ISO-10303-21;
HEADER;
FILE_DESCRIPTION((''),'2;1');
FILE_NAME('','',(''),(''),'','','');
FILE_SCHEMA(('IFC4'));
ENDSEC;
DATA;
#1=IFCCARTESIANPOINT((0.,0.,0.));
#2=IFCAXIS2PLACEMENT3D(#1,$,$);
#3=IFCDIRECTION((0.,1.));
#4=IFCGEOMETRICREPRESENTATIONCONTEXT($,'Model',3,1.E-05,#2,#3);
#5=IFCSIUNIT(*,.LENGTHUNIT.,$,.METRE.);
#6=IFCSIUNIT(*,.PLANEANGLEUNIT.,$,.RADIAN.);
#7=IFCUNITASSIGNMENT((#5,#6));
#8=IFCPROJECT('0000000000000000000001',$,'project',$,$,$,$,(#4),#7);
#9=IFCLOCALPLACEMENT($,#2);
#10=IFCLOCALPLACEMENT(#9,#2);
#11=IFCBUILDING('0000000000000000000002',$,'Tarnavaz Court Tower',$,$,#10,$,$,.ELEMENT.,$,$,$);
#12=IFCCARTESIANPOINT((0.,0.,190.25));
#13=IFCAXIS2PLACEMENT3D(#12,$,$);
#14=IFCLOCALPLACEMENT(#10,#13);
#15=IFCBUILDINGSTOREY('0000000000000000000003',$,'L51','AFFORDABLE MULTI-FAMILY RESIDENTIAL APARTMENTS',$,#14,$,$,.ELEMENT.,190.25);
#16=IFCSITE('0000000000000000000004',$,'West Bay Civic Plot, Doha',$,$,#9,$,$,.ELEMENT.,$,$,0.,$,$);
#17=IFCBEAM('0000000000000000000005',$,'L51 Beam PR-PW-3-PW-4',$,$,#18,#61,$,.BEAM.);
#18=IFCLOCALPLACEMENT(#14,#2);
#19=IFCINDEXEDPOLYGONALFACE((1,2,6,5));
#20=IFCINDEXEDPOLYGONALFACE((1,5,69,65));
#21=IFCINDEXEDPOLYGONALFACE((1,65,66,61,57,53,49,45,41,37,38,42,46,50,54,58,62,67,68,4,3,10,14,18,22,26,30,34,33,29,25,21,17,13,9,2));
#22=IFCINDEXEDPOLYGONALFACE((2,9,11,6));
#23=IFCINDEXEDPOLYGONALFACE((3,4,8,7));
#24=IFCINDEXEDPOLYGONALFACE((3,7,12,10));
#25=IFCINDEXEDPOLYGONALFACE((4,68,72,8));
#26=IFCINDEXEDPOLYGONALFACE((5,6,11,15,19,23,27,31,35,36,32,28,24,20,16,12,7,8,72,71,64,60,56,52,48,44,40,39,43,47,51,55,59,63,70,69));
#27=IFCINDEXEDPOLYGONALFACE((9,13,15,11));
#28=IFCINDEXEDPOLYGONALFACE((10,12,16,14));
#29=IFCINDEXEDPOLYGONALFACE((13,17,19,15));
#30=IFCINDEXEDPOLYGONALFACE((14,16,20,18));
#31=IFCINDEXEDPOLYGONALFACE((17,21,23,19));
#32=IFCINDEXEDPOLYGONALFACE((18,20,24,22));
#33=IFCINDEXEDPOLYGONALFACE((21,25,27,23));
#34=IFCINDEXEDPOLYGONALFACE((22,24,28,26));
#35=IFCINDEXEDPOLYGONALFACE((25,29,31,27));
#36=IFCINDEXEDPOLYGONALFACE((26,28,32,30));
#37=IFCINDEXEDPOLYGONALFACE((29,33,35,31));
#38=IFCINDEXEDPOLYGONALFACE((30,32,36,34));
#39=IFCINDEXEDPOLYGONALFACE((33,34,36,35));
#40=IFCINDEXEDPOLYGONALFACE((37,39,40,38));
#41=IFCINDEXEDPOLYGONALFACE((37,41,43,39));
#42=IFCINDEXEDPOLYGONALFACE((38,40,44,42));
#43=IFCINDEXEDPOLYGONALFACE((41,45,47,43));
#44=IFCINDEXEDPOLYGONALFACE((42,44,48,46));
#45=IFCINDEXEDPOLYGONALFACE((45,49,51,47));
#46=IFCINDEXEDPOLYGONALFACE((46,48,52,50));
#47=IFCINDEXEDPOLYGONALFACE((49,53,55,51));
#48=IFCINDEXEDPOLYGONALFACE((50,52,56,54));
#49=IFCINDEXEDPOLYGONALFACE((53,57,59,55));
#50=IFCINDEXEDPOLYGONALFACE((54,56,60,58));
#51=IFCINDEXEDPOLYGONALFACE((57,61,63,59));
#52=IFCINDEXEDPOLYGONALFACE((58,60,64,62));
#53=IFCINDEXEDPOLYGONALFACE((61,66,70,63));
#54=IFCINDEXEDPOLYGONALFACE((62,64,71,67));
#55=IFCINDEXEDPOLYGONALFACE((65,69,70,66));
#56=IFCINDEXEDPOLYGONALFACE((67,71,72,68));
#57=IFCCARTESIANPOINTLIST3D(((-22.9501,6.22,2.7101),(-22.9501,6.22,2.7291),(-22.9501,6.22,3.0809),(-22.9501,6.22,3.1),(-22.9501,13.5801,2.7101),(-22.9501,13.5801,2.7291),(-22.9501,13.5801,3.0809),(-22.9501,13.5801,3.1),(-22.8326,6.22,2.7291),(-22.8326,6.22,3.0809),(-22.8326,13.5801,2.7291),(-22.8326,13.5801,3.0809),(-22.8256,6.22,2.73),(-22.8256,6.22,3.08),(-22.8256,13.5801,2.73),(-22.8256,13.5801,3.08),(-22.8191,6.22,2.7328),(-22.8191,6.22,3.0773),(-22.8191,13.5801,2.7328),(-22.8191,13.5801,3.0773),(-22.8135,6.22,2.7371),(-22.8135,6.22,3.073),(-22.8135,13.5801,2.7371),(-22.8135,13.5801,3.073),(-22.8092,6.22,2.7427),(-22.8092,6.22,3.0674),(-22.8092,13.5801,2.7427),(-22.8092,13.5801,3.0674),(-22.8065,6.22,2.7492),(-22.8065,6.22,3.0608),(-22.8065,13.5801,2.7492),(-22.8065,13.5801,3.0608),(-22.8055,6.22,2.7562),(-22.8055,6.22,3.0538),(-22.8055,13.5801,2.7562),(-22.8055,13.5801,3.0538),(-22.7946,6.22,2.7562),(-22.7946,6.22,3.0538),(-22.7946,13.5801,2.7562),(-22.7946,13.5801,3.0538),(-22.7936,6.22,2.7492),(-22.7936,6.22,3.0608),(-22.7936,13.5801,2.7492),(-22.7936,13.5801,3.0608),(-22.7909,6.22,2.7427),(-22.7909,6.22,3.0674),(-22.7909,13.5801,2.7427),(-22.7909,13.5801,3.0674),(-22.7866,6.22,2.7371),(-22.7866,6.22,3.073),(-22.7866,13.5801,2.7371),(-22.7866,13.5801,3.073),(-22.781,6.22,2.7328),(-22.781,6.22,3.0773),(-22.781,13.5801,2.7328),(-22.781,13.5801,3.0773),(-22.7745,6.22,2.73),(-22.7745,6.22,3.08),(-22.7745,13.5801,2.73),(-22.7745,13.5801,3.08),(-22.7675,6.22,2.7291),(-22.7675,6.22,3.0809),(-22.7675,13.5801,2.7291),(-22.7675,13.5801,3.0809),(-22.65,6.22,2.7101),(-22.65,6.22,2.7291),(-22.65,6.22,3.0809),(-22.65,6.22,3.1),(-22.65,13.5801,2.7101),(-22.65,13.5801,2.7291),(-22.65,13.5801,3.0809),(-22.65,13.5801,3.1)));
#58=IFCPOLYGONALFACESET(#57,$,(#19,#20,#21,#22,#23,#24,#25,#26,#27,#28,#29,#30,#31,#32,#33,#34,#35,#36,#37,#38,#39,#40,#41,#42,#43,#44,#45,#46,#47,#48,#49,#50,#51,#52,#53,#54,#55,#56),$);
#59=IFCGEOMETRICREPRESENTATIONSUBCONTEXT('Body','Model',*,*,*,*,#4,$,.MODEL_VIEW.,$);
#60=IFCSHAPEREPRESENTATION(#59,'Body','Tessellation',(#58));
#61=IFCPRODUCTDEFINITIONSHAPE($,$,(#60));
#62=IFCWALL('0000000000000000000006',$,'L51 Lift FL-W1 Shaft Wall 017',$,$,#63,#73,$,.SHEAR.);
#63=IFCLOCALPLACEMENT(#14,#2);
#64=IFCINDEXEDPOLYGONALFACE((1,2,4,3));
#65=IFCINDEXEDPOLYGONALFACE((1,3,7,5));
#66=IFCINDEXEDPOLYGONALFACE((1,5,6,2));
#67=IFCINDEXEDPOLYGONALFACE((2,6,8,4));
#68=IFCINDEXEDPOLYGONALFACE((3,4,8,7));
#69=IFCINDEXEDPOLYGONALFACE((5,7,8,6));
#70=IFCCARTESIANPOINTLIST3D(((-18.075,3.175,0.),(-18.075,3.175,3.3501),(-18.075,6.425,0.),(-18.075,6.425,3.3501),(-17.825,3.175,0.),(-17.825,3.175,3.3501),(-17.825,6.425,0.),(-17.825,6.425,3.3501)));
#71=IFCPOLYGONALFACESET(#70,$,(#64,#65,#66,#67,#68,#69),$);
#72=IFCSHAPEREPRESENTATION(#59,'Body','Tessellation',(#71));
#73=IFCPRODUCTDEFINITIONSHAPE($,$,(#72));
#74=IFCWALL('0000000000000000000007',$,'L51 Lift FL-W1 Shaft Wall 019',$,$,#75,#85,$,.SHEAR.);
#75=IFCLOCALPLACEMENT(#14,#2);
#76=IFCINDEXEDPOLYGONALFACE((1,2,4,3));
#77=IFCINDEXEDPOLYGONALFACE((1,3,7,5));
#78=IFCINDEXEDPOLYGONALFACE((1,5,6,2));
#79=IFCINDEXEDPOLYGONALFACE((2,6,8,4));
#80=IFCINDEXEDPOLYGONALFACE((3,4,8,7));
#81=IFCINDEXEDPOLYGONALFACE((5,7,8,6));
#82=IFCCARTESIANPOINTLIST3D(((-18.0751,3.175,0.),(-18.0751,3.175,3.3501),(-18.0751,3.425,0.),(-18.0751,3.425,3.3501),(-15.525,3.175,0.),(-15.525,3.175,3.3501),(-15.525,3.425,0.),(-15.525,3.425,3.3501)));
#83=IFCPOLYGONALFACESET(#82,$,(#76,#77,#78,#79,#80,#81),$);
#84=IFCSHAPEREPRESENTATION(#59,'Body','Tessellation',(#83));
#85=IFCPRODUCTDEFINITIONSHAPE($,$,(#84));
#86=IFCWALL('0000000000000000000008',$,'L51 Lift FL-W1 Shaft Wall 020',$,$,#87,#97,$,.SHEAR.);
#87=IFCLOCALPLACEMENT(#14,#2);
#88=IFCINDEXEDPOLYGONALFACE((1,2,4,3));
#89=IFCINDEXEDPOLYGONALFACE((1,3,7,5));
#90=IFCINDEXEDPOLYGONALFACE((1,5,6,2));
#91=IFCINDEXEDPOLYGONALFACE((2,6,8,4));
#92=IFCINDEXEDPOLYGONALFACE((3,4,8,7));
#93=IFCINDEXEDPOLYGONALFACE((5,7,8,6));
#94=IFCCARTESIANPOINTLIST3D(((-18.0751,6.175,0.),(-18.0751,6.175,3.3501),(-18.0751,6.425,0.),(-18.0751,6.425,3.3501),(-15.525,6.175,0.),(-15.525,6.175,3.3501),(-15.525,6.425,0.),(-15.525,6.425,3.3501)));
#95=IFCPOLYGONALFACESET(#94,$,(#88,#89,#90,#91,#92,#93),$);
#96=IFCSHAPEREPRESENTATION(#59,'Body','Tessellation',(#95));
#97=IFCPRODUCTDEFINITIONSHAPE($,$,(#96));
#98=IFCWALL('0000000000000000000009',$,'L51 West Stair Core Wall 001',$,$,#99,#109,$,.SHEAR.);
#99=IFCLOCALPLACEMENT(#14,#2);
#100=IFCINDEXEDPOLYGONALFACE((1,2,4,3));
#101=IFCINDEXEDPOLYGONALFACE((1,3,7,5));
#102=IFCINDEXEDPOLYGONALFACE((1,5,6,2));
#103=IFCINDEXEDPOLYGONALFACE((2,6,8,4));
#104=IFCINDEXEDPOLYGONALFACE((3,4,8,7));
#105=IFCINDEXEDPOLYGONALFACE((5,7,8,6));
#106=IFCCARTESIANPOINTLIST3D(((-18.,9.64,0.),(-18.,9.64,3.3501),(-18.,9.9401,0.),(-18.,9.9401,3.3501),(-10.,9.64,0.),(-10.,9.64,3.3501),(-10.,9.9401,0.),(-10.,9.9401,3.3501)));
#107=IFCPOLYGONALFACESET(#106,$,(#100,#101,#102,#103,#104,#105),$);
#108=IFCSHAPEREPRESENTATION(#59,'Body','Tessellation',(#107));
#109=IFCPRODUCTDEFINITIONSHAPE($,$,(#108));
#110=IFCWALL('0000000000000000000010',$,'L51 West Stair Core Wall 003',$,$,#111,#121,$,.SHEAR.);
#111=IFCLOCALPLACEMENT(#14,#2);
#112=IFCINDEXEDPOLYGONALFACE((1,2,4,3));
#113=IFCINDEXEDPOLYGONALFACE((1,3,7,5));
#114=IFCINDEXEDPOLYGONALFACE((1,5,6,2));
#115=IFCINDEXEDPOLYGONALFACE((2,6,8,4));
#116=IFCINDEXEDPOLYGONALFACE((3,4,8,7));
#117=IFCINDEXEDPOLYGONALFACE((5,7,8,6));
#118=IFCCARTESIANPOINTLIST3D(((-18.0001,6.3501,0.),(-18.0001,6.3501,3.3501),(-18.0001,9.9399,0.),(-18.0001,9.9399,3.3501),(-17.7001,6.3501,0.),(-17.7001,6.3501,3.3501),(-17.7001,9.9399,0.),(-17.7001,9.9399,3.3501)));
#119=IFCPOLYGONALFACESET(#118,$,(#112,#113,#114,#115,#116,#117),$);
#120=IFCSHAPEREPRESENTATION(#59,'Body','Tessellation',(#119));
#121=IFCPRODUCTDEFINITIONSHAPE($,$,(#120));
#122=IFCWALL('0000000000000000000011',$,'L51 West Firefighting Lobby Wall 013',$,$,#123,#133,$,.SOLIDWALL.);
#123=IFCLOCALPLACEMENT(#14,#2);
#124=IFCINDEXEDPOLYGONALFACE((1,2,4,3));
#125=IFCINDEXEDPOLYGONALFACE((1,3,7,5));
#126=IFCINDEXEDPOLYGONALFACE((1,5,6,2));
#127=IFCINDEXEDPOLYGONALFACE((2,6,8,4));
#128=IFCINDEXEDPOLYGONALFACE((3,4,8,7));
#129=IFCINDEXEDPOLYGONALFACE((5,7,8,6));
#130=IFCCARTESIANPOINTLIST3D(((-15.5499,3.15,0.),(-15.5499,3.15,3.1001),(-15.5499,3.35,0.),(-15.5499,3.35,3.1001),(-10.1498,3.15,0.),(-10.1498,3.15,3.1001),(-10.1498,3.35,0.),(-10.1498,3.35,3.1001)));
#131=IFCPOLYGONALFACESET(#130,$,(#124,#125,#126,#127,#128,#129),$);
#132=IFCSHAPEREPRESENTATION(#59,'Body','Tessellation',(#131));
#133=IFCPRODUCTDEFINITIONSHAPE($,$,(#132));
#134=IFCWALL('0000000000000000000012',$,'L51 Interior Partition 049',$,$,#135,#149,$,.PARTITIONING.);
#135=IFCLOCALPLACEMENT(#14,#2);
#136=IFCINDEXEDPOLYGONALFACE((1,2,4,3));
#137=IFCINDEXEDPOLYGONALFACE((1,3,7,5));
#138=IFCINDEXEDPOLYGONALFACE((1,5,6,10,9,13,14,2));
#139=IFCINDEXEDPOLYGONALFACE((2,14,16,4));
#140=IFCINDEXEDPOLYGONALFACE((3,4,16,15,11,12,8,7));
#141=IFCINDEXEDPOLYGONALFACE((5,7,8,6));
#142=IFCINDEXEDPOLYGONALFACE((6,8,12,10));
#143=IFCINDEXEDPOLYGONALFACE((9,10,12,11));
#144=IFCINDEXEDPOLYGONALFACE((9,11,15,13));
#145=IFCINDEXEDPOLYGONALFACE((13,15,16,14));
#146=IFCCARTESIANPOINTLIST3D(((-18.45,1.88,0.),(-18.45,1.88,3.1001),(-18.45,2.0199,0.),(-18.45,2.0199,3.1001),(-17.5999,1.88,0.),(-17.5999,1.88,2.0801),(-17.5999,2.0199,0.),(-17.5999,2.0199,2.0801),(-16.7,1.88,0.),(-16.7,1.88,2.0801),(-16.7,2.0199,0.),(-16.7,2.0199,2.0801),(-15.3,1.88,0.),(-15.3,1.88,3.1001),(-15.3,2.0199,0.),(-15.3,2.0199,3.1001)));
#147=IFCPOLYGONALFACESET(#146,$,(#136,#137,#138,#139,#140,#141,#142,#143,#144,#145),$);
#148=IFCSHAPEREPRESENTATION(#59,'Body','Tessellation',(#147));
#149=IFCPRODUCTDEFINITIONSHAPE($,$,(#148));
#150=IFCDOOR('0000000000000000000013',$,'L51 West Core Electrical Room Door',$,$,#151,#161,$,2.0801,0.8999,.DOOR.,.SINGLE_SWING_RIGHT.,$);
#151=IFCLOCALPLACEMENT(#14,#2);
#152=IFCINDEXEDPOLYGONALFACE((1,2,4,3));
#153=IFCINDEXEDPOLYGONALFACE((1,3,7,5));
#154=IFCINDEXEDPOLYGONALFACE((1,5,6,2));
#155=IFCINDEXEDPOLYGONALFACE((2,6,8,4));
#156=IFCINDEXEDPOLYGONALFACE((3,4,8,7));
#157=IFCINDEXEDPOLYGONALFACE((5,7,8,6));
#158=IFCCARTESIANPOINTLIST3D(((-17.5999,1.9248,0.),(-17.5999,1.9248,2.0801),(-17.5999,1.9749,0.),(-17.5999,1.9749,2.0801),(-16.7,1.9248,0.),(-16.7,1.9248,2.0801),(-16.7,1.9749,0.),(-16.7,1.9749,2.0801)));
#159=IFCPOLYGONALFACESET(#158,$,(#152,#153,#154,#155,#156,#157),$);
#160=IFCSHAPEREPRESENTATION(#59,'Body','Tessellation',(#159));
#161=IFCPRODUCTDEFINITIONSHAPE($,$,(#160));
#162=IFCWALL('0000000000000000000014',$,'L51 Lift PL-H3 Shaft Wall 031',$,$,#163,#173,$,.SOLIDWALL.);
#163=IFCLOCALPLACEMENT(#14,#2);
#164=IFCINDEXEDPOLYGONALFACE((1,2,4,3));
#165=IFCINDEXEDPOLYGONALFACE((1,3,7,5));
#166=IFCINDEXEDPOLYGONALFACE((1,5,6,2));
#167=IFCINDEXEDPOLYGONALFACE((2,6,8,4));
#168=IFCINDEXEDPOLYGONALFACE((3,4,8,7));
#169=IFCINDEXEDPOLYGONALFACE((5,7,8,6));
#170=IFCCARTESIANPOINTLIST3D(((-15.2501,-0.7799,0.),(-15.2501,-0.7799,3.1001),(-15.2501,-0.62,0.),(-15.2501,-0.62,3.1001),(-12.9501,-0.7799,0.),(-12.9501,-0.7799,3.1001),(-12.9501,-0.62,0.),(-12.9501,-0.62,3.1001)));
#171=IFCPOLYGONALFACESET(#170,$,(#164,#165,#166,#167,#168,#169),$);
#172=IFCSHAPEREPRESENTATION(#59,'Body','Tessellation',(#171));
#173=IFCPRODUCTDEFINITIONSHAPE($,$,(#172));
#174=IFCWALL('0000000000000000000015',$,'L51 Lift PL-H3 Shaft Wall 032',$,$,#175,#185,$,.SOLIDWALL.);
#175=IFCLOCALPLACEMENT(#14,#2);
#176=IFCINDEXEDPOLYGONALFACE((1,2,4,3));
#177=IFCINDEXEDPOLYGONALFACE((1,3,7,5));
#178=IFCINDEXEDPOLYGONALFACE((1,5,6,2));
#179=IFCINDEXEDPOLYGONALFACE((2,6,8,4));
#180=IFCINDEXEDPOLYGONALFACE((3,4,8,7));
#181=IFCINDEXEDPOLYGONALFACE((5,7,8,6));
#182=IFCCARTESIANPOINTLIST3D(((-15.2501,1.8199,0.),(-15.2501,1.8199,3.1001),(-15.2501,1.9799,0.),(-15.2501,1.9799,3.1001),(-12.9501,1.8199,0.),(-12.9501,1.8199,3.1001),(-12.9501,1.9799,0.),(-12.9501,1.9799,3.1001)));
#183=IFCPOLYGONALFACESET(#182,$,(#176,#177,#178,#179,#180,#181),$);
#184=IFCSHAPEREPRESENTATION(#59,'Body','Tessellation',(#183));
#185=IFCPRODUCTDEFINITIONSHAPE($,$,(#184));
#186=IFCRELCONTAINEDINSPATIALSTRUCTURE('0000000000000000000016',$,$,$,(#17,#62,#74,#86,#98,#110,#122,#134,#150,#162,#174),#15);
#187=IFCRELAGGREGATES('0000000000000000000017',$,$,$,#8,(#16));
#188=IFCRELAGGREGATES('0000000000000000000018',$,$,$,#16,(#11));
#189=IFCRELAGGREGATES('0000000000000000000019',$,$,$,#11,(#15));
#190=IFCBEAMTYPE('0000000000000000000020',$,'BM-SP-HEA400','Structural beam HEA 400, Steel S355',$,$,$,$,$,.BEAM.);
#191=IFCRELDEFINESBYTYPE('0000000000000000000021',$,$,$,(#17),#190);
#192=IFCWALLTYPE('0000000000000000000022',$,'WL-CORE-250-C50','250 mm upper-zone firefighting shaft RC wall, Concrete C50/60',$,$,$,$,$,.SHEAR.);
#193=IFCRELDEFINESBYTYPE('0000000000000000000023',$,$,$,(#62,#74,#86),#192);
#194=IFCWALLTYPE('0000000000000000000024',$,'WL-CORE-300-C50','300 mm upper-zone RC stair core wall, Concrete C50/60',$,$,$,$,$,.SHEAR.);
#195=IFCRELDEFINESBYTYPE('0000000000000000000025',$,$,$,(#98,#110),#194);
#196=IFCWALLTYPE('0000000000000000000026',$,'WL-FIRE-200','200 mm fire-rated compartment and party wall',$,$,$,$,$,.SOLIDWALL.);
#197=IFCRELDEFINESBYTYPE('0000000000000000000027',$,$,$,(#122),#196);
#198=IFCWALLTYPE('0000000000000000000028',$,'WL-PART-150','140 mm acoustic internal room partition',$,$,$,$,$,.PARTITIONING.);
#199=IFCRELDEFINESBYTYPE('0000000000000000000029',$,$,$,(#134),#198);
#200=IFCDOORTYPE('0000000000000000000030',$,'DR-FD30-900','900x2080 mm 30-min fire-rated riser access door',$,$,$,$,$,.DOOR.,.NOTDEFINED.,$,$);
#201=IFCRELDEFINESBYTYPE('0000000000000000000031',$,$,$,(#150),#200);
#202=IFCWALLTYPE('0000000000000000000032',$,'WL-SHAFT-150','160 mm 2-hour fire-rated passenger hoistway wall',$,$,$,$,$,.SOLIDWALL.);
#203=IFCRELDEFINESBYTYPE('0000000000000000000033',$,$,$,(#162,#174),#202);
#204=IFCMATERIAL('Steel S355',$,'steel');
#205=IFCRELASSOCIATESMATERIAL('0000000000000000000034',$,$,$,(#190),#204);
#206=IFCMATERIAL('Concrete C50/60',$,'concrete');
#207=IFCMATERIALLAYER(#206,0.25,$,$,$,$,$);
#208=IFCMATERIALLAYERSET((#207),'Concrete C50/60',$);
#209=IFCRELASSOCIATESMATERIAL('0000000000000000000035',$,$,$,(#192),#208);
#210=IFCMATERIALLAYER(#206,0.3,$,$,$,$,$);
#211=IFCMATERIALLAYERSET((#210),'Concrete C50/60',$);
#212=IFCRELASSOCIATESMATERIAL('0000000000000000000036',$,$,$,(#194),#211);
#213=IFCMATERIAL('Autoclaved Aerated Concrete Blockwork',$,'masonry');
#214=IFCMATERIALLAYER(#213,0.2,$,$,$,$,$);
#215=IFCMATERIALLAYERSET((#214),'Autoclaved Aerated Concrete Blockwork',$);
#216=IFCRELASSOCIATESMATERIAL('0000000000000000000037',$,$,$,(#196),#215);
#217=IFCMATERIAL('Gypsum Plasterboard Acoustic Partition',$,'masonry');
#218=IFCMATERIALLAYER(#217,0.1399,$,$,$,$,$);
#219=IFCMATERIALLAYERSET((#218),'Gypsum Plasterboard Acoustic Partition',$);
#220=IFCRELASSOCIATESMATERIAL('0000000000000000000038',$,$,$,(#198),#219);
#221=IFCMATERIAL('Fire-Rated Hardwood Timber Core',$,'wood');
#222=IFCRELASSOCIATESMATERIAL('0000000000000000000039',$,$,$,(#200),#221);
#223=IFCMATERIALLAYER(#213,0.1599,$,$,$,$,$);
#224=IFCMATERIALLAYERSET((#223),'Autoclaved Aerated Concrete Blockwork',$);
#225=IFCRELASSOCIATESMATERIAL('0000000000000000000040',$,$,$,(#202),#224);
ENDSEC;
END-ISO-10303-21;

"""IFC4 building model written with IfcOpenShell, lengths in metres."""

from ifc_helpers import new_model, si_unit, direction, frame, frame_2d, origin, origin_2d, place, context, subcontext, project, spatial, rectangle, i_section, extrude, material, layer, layer_set, material_profile, profile_set, type_object, element, fill, save


model = new_model("IFC4")

# Units and contexts
model_context = context("Model", 3, precision=1e-05, world=origin(), true_north=direction((0.0, 1.0)))
body_context = subcontext(model_context, "Body", "Model", "MODEL_VIEW")
ifc_project = project(units=[si_unit("LENGTHUNIT", "METRE"), si_unit("PLANEANGLEUNIT", "RADIAN")], contexts=[model_context])

# Site, building, storey
site_placement = place(None, origin())
site = spatial("IfcSite", under=ifc_project, at=site_placement, Name="West Bay Civic Plot, Doha", CompositionType="ELEMENT", RefElevation=0.0)
building_placement = place(site_placement, origin())
building = spatial("IfcBuilding", under=site, at=building_placement, Name="Tarnavaz Court Tower", CompositionType="ELEMENT")
storey_placement = place(building_placement, frame((0.0, 0.0, 190.25)))
storey = spatial("IfcBuildingStorey", under=building, at=storey_placement, Name="L51", Description="AFFORDABLE MULTI-FAMILY RESIDENTIAL APARTMENTS", CompositionType="ELEMENT", Elevation=190.25)

# Shared definitions
ifc_material_1 = material(Name="Concrete C50/60", Category="concrete")

# Beam
ifc_material_2 = material(Name="Steel S355", Category="steel")
ifc_material_profile_1 = material_profile(ifc_material_2, i_section(OverallWidth=0.3, OverallDepth=0.3899, WebThickness=0.011, FlangeThickness=0.019, FilletRadius=0.0271, at=origin_2d()), Name="HEA 400")
ifc_profile_set_1 = profile_set([ifc_material_profile_1], Name="Steel S355")
beam_type_1 = type_object("IfcBeamType", Name="BM-SP-HEA400", Description="Structural beam HEA 400, Steel S355", PredefinedType="BEAM", material=ifc_profile_set_1)
beam_1_placement = place(storey_placement, frame((-22.8, 6.22, 2.905), z_axis=(0.0, 1.0, 0.0), x_axis=(-1.0, 0.0, 0.0)))
element("IfcBeam", 1, at=beam_1_placement, inside=storey, type_object=beam_type_1, Name="L51 Beam PR-PW-3-PW-4", PredefinedType="BEAM", context=body_context, shape_type="SweptSolid", body=[
    extrude(i_section(OverallWidth=0.3, OverallDepth=0.3899, WebThickness=0.011, FlangeThickness=0.019, FilletRadius=0.0271, at=origin_2d()), origin(), (0.0, 0.0, 1.0), 7.3601),
])

# Wall
ifc_layer_1 = layer(ifc_material_1, 0.25)
ifc_layer_set_1 = layer_set([ifc_layer_1], Name="Concrete C50/60")
wall_type_1 = type_object("IfcWallType", Name="WL-CORE-250-C50", Description="250 mm upper-zone firefighting shaft RC wall, Concrete C50/60", PredefinedType="SHEAR", material=ifc_layer_set_1)
wall_1_placement = place(storey_placement, frame((-17.95, 3.175, 0.0), z_axis=(0.0, 0.0, 1.0), x_axis=(0.0, 1.0, 0.0)))
element("IfcWall", 2, at=wall_1_placement, inside=storey, type_object=wall_type_1, Name="L51 Lift FL-W1 Shaft Wall 017", PredefinedType="SHEAR", context=body_context, shape_type="SweptSolid", body=[
    extrude(rectangle(XDim=3.25, YDim=0.25, at=frame_2d((1.625, 0.0))), origin(), (0.0, 0.0, 1.0), 3.3501),
])

# Walls
for number, where, z_axis, x_axis, name in (
    (3, (-18.075, 3.3, 0.0), (0.0, 0.0, 1.0), (1.0, 0.0, 0.0), "L51 Lift FL-W1 Shaft Wall 019"),
    (4, (-18.075, 6.3, 0.0), (0.0, 0.0, 1.0), (1.0, 0.0, 0.0), "L51 Lift FL-W1 Shaft Wall 020"),
):
    element("IfcWall", number, at=place(storey_placement, frame(where, z_axis=z_axis, x_axis=x_axis)), inside=storey, type_object=wall_type_1, Name=name, PredefinedType="SHEAR", context=body_context, shape_type="SweptSolid", body=[
        extrude(rectangle(XDim=2.55, YDim=0.25, at=frame_2d((1.2749, 0.0))), origin(), (0.0, 0.0, 1.0), 3.3501),
    ])
ifc_layer_2 = layer(ifc_material_1, 0.3)
ifc_layer_set_2 = layer_set([ifc_layer_2], Name="Concrete C50/60")
wall_type_2 = type_object("IfcWallType", Name="WL-CORE-300-C50", Description="300 mm upper-zone RC stair core wall, Concrete C50/60", PredefinedType="SHEAR", material=ifc_layer_set_2)
wall_2_placement = place(storey_placement, frame((-18.0, 9.79, 0.0), z_axis=(0.0, 0.0, 1.0), x_axis=(1.0, 0.0, 0.0)))
element("IfcWall", 5, at=wall_2_placement, inside=storey, type_object=wall_type_2, Name="L51 West Stair Core Wall 001", PredefinedType="SHEAR", context=body_context, shape_type="SweptSolid", body=[
    extrude(rectangle(XDim=8.0, YDim=0.3, at=frame_2d((4.0, 0.0))), origin(), (0.0, 0.0, 1.0), 3.3501),
])

# Shared definitions
ifc_material_3 = material(Name="Fire-Rated Hardwood Timber Core", Category="wood")

# Walls
wall_3_placement = place(storey_placement, frame((-17.8501, 6.3501, 0.0), z_axis=(0.0, 0.0, 1.0), x_axis=(0.0, 1.0, 0.0)))
element("IfcWall", 6, at=wall_3_placement, inside=storey, type_object=wall_type_2, Name="L51 West Stair Core Wall 003", PredefinedType="SHEAR", context=body_context, shape_type="SweptSolid", body=[
    extrude(rectangle(XDim=3.5898, YDim=0.3, at=frame_2d((1.7949, 0.0))), origin(), (0.0, 0.0, 1.0), 3.3501),
])
ifc_material_4 = material(Name="Autoclaved Aerated Concrete Blockwork", Category="masonry")
ifc_layer_3 = layer(ifc_material_4, 0.2)
ifc_layer_set_3 = layer_set([ifc_layer_3], Name="Autoclaved Aerated Concrete Blockwork")
wall_type_3 = type_object("IfcWallType", Name="WL-FIRE-200", Description="200 mm fire-rated compartment and party wall", PredefinedType="SOLIDWALL", material=ifc_layer_set_3)
wall_4_placement = place(storey_placement, frame((-15.55, 3.25, 0.0), z_axis=(0.0, 0.0, 1.0), x_axis=(1.0, 0.0, 0.0)))
element("IfcWall", 7, at=wall_4_placement, inside=storey, type_object=wall_type_3, Name="L51 West Firefighting Lobby Wall 013", PredefinedType="SOLIDWALL", context=body_context, shape_type="SweptSolid", body=[
    extrude(rectangle(XDim=5.4001, YDim=0.2, at=frame_2d((2.7002, 0.0))), origin(), (0.0, 0.0, 1.0), 3.1001),
])

# Wall, opening, door
ifc_material_5 = material(Name="Gypsum Plasterboard Acoustic Partition", Category="masonry")
ifc_layer_4 = layer(ifc_material_5, 0.1399)
ifc_layer_set_4 = layer_set([ifc_layer_4], Name="Gypsum Plasterboard Acoustic Partition")
wall_type_4 = type_object("IfcWallType", Name="WL-PART-150", Description="140 mm acoustic internal room partition", PredefinedType="PARTITIONING", material=ifc_layer_set_4)
wall_5_placement = place(storey_placement, frame((-18.45, 1.95, 0.0), z_axis=(0.0, 0.0, 1.0), x_axis=(1.0, 0.0, 0.0)))
wall_5 = element("IfcWall", 8, at=wall_5_placement, inside=storey, type_object=wall_type_4, Name="L51 Interior Partition 049", PredefinedType="PARTITIONING", context=body_context, shape_type="SweptSolid", body=[
    extrude(rectangle(XDim=3.1499, YDim=0.1399, at=frame_2d((1.575, 0.0))), origin(), (0.0, 0.0, 1.0), 3.1001),
])
opening_1_placement = place(wall_5_placement, frame((0.8501, 0.0, 0.0)))
opening_1 = element("IfcOpeningElement", 9, at=opening_1_placement, cuts=wall_5, PredefinedType="OPENING", context=body_context, shape_type="SweptSolid", body=[
    extrude(rectangle(XDim=0.8999, YDim=2.0801, at=frame_2d((0.45, 1.04))), frame((0.0, 0.0798, 0.0), z_axis=(0.0, -1.0, 0.0), x_axis=(1.0, 0.0, 0.0)), (0.0, 0.0, 1.0), 0.1599),
])
door_type_1 = type_object("IfcDoorType", Name="DR-FD30-900", Description="900x2080 mm 30-min fire-rated riser access door", OperationType="NOTDEFINED", PredefinedType="DOOR", material=ifc_material_3)
door_1_placement = place(opening_1_placement, origin())
door_1 = element("IfcDoor", 10, at=door_1_placement, inside=storey, type_object=door_type_1, Name="L51 West Core Electrical Room Door", OperationType="SINGLE_SWING_RIGHT", OverallHeight=2.0801, OverallWidth=0.8999, PredefinedType="DOOR", context=body_context, shape_type="SweptSolid", body=[
    extrude(rectangle(XDim=0.8999, YDim=2.0801, at=frame_2d((0.45, 1.04))), frame((0.0, 0.0249, 0.0), z_axis=(0.0, -1.0, 0.0), x_axis=(1.0, 0.0, 0.0)), (0.0, 0.0, 1.0), 0.05),
])
fill(opening_1, door_1)

# Walls
ifc_layer_5 = layer(ifc_material_4, 0.1599)
ifc_layer_set_5 = layer_set([ifc_layer_5], Name="Autoclaved Aerated Concrete Blockwork")
wall_type_5 = type_object("IfcWallType", Name="WL-SHAFT-150", Description="160 mm 2-hour fire-rated passenger hoistway wall", PredefinedType="SOLIDWALL", material=ifc_layer_set_5)
for number, where, z_axis, x_axis, name in (
    (11, (-15.25, -0.7, 0.0), (0.0, 0.0, 1.0), (1.0, 0.0, 0.0), "L51 Lift PL-H3 Shaft Wall 031"),
    (12, (-15.25, 1.8999, 0.0), (0.0, 0.0, 1.0), (1.0, 0.0, 0.0), "L51 Lift PL-H3 Shaft Wall 032"),
):
    element("IfcWall", number, at=place(storey_placement, frame(where, z_axis=z_axis, x_axis=x_axis)), inside=storey, type_object=wall_type_5, Name=name, PredefinedType="SOLIDWALL", context=body_context, shape_type="SweptSolid", body=[
        extrude(rectangle(XDim=2.3, YDim=0.1599, at=frame_2d((1.1499, 0.0))), origin(), (0.0, 0.0, 1.0), 3.1001),
    ])

save(model, "model.ifc")
